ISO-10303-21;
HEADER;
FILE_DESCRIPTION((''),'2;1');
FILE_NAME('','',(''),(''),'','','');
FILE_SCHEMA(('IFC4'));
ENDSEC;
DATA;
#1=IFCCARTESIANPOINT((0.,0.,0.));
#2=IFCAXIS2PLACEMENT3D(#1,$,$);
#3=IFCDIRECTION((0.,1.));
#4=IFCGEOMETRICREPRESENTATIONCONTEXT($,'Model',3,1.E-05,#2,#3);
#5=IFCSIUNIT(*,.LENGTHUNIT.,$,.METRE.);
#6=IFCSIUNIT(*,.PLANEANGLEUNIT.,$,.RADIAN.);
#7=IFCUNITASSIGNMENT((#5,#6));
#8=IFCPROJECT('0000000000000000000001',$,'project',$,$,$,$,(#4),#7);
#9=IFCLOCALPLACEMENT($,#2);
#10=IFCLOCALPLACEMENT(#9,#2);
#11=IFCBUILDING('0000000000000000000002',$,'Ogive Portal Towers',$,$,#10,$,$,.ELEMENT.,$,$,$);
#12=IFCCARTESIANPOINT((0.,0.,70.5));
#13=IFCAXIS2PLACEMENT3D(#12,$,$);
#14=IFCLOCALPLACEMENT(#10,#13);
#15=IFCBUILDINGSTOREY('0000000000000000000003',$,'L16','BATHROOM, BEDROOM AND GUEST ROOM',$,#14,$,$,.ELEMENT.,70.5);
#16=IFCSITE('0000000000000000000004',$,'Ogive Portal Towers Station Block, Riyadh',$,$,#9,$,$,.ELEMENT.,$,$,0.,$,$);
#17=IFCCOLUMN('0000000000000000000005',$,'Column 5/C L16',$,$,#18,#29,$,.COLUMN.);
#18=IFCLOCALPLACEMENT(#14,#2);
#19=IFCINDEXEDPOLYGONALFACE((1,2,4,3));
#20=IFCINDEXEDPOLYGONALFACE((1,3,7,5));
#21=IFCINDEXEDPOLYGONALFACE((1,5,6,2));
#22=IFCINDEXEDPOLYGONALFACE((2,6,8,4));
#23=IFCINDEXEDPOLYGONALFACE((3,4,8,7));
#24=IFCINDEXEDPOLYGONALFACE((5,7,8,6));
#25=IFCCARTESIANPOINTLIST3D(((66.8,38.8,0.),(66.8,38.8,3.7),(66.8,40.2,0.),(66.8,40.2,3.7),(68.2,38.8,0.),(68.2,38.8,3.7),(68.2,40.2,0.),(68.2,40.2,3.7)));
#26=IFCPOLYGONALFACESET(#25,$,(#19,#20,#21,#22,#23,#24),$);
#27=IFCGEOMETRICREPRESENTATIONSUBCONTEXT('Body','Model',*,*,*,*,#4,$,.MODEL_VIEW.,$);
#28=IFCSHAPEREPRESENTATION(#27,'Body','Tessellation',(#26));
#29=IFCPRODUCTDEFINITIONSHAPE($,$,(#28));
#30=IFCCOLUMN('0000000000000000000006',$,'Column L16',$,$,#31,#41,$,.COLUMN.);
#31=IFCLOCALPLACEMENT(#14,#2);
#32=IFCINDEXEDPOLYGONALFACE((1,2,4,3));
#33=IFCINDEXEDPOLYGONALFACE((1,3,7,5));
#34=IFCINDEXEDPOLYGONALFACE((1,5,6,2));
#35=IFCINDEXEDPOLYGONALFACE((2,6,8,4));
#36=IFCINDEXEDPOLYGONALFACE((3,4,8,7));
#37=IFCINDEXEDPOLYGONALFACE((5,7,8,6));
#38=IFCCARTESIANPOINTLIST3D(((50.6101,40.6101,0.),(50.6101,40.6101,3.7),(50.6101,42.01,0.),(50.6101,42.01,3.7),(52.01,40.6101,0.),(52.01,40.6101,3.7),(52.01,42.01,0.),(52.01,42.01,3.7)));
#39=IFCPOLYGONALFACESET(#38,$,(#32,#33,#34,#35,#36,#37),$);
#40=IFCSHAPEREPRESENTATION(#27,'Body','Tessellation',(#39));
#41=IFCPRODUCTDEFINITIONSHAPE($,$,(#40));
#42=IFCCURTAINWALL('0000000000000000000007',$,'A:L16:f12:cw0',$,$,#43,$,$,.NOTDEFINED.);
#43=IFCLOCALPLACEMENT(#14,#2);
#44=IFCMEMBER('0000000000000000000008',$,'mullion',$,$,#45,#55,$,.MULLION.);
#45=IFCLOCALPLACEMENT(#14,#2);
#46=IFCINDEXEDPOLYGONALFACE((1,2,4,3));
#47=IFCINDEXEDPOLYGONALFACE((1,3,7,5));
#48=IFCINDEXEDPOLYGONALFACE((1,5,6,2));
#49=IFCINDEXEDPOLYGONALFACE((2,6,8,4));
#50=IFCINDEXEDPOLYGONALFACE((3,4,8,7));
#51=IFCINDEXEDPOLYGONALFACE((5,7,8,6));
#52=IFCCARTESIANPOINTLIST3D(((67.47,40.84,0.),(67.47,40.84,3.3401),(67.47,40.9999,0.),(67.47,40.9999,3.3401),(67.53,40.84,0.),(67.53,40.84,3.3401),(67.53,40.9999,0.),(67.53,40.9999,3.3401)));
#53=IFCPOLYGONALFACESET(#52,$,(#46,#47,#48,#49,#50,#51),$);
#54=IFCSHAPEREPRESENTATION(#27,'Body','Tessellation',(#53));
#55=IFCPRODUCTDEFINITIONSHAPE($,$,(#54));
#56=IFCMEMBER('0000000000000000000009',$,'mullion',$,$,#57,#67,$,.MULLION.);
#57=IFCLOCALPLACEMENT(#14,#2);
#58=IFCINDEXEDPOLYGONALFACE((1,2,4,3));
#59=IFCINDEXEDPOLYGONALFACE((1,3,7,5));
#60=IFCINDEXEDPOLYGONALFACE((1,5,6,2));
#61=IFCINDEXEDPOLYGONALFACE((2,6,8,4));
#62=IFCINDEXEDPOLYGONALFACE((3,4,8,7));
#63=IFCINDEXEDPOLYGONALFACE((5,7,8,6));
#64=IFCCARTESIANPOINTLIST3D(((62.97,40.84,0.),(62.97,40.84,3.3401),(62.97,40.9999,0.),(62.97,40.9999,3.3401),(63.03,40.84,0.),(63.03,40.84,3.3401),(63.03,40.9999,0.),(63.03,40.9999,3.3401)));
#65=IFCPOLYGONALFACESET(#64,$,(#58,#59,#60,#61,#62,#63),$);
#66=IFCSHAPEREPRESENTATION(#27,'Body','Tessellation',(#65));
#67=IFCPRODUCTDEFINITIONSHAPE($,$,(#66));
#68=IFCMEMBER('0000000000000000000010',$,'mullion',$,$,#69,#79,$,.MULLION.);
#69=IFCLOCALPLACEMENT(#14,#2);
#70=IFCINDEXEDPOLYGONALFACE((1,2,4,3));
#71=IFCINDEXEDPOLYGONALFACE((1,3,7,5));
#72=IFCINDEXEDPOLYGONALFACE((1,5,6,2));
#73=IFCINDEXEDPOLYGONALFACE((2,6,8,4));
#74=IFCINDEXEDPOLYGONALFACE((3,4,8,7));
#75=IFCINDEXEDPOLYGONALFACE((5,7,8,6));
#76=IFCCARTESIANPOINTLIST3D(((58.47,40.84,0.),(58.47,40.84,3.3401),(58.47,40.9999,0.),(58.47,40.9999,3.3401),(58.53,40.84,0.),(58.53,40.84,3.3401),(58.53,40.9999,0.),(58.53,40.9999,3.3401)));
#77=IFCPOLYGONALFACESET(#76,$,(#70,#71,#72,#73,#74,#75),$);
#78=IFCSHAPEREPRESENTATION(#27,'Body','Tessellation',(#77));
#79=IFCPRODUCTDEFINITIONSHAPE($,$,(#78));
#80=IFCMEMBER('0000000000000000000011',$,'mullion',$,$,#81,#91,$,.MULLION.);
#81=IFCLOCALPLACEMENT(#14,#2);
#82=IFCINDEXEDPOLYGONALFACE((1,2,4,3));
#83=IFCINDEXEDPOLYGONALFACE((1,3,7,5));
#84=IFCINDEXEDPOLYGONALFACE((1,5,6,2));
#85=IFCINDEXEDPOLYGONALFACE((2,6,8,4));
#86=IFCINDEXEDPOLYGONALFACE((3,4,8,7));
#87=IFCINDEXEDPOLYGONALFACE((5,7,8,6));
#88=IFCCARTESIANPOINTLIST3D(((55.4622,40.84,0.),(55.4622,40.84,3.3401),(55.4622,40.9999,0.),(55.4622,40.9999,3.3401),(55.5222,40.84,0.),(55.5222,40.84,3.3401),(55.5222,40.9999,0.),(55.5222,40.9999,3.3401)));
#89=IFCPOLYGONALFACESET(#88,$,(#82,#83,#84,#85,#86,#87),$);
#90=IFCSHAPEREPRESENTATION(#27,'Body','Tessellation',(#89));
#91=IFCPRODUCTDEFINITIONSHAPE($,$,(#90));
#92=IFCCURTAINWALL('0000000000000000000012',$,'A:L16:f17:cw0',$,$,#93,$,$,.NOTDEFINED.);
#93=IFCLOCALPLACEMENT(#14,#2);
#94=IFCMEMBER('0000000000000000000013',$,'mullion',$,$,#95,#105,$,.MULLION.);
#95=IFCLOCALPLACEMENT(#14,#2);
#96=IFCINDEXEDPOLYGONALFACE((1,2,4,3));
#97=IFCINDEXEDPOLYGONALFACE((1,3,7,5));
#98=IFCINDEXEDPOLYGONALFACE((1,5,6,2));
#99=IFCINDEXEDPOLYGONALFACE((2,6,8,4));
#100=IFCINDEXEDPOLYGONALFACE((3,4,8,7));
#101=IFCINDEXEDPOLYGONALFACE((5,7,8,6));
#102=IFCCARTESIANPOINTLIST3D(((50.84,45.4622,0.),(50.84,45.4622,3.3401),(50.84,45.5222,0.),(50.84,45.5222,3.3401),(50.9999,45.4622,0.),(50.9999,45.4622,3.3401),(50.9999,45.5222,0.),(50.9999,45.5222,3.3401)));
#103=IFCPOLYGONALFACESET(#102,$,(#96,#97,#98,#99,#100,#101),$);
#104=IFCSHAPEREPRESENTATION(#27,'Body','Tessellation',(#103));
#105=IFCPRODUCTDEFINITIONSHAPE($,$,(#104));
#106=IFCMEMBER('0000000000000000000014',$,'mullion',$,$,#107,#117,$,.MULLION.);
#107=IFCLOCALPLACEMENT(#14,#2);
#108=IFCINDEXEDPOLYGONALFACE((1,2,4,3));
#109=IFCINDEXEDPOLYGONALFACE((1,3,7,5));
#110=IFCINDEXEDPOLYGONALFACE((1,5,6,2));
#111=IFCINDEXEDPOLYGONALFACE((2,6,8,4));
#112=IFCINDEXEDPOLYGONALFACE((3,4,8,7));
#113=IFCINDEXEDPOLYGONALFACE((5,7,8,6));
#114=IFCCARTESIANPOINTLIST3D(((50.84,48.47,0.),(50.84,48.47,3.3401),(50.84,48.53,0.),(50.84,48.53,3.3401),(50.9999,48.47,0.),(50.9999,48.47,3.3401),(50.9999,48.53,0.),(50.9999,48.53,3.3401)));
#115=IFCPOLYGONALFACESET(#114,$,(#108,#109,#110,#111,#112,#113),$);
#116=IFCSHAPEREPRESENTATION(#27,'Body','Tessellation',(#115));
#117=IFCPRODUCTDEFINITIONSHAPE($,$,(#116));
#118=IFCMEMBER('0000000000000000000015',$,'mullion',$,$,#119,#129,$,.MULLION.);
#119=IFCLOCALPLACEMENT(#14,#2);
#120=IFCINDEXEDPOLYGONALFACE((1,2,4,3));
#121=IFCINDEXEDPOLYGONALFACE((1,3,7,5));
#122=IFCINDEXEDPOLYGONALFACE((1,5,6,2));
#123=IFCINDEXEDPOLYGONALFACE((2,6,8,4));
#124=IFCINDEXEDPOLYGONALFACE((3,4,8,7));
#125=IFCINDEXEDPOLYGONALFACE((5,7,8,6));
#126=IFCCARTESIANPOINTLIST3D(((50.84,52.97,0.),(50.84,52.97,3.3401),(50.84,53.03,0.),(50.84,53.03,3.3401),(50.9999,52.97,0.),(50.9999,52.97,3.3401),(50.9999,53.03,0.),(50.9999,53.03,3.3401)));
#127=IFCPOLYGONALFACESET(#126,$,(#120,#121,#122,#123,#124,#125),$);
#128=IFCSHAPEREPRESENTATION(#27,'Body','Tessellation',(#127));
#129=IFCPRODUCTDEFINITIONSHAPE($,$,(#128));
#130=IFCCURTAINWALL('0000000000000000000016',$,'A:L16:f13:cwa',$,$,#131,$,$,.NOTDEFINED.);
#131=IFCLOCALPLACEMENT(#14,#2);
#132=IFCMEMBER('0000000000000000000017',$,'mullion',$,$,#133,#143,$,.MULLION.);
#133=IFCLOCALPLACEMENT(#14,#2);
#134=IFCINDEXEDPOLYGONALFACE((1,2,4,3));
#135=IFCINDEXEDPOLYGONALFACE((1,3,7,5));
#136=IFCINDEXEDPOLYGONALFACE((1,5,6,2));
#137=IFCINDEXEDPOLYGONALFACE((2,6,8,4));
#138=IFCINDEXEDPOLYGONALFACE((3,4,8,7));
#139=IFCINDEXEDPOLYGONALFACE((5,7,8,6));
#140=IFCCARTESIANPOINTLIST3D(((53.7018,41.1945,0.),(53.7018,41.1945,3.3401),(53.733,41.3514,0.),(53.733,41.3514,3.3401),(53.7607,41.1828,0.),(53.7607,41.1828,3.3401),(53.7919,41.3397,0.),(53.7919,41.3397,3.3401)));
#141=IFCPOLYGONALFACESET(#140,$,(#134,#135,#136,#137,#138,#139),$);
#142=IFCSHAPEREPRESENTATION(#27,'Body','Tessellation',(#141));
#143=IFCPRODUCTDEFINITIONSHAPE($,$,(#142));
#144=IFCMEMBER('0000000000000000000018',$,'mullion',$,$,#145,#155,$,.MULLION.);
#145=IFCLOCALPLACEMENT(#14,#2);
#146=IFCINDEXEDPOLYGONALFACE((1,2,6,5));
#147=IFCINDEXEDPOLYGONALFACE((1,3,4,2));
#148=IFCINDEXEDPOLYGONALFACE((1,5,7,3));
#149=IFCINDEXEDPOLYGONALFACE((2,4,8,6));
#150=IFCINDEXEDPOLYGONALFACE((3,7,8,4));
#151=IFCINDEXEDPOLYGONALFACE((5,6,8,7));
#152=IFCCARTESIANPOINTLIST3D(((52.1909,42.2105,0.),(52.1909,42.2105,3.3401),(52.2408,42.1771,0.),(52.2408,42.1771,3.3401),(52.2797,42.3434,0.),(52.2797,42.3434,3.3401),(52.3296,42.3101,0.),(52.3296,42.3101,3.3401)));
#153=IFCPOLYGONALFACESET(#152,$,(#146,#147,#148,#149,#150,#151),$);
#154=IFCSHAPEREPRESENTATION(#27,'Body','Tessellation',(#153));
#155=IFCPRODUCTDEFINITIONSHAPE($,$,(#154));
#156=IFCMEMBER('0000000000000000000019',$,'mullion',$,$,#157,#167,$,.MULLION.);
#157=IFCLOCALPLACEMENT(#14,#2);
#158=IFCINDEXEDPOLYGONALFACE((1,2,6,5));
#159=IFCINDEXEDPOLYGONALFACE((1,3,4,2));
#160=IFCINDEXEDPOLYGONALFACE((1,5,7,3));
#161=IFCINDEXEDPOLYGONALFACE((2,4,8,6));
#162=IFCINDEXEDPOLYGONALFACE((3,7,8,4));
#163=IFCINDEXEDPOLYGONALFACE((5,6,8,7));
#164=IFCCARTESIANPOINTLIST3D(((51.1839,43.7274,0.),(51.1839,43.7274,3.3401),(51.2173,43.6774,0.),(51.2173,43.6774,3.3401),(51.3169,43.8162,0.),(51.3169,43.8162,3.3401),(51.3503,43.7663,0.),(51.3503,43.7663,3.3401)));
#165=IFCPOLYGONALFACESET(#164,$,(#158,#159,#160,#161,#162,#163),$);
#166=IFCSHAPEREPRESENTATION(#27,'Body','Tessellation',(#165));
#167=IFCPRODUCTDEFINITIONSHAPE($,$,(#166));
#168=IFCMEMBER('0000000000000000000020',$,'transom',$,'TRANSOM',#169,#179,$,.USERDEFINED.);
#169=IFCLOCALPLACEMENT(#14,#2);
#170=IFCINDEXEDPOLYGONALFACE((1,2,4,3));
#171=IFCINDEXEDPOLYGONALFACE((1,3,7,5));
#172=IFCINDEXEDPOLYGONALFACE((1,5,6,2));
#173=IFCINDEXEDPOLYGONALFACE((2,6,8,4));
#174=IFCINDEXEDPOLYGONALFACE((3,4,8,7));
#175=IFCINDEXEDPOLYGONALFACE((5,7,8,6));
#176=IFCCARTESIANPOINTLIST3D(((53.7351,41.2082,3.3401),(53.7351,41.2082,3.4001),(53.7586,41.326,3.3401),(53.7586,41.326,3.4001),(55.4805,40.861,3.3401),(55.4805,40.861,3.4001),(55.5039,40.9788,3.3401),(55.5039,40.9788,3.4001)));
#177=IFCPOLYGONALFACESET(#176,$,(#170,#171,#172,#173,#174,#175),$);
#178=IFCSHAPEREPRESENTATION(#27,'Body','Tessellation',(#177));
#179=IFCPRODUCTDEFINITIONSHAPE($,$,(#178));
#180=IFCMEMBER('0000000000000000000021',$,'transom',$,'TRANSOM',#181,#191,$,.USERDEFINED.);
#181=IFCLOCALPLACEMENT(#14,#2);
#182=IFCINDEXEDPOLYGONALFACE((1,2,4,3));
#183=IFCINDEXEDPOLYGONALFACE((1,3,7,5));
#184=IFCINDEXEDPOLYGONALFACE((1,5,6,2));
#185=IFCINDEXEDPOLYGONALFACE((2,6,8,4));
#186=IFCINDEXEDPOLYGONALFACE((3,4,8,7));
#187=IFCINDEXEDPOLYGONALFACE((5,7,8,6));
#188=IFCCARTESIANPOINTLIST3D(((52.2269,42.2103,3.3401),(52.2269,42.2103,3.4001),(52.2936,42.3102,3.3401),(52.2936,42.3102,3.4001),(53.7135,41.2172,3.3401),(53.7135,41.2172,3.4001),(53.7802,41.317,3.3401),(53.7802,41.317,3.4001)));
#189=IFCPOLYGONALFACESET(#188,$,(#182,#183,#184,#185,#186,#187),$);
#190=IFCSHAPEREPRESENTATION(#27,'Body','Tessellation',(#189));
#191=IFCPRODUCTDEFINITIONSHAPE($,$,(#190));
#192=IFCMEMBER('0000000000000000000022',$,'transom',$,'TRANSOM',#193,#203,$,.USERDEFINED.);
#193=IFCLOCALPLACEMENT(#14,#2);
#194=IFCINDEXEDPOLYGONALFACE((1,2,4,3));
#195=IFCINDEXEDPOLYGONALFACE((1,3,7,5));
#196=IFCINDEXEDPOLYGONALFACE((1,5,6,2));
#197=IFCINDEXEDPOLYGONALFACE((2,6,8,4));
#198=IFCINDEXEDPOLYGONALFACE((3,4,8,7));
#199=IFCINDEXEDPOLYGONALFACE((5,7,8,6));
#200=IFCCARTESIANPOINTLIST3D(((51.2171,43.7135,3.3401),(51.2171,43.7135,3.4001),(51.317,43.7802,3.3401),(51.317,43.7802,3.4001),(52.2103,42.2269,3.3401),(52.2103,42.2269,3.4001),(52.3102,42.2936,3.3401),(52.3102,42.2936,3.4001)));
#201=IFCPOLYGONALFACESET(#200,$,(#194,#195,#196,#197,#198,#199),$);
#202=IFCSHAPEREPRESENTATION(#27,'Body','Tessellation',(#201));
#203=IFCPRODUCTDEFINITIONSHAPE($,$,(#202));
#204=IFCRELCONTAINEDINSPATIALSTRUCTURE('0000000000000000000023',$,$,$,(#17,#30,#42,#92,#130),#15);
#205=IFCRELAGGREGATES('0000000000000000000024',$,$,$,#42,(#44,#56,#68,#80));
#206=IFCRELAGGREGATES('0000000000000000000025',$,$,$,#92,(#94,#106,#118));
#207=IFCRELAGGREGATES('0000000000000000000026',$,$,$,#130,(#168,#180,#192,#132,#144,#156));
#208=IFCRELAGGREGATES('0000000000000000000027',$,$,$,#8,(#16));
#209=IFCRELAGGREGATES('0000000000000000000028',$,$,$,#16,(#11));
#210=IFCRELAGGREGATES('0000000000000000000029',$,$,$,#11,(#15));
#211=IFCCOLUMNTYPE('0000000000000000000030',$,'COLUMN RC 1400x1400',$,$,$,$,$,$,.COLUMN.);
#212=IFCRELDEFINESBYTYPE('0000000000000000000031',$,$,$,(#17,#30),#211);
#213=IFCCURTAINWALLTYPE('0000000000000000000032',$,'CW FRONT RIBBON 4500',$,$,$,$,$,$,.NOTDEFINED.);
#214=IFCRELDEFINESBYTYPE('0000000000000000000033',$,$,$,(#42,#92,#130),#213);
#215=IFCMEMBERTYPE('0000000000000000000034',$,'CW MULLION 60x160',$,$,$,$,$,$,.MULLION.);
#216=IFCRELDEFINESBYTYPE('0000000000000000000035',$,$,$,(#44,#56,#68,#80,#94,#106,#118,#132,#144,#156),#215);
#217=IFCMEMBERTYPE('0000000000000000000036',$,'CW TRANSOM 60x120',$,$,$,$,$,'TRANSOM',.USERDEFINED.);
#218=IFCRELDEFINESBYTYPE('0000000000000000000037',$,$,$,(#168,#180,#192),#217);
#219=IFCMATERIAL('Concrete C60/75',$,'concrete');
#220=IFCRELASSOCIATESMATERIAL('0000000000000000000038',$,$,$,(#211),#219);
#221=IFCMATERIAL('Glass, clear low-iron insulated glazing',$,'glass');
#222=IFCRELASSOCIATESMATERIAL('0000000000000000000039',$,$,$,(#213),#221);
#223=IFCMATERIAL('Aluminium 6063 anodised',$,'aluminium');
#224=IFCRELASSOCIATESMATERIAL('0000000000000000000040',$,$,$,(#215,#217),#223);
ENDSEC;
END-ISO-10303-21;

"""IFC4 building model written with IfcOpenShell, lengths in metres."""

from ifc_helpers import new_model, si_unit, direction, frame, origin, origin_2d, place, context, subcontext, project, spatial, rectangle, extrude, material, material_profile, profile_set, type_object, element, aggregate, save


model = new_model("IFC4")

# Units and contexts
model_context = context("Model", 3, precision=1e-05, world=origin(), true_north=direction((0.0, 1.0)))
body_context = subcontext(model_context, "Body", "Model", "MODEL_VIEW")
ifc_project = project(units=[si_unit("LENGTHUNIT", "METRE"), si_unit("PLANEANGLEUNIT", "RADIAN")], contexts=[model_context])

# Site, building, storey
site_placement = place(None, origin())
site = spatial("IfcSite", under=ifc_project, at=site_placement, Name="Ogive Portal Towers Station Block, Riyadh", CompositionType="ELEMENT", RefElevation=0.0)
building_placement = place(site_placement, origin())
building = spatial("IfcBuilding", under=site, at=building_placement, Name="Ogive Portal Towers", CompositionType="ELEMENT")
storey_placement = place(building_placement, frame((0.0, 0.0, 70.5)))
storey = spatial("IfcBuildingStorey", under=building, at=storey_placement, Name="L16", Description="BATHROOM, BEDROOM AND GUEST ROOM", CompositionType="ELEMENT", Elevation=70.5)

# Columns
ifc_material_1 = material(Name="Concrete C60/75", Category="concrete")
ifc_material_profile_1 = material_profile(ifc_material_1, rectangle(XDim=1.3999, YDim=1.3999, at=origin_2d()), Name="RC 1400x1400")
ifc_profile_set_1 = profile_set([ifc_material_profile_1], Name="Concrete C60/75")
column_type = type_object("IfcColumnType", Name="COLUMN RC 1400x1400", PredefinedType="COLUMN", material=ifc_profile_set_1)
for number, where, z_axis, x_axis, name in (
    (1, (67.5, 39.5, 0.0), (0.0, 0.0, 1.0), (1.0, 0.0, 0.0), "Column 5/C L16"),
    (2, (51.3101, 41.3101, 0.0), (0.0, 0.0, 1.0), (1.0, 0.0, 0.0), "Column L16"),
):
    element("IfcColumn", number, at=place(storey_placement, frame(where, z_axis=z_axis, x_axis=x_axis)), inside=storey, type_object=column_type, Name=name, PredefinedType="COLUMN", context=body_context, shape_type="SweptSolid", body=[
        extrude(rectangle(XDim=1.3999, YDim=1.3999, at=origin_2d()), origin(), (0.0, 0.0, 1.0), 3.7),
    ])

# Curtain walls, members
ifc_material_2 = material(Name="Glass, clear low-iron insulated glazing", Category="glass")
curtain_wall_type = type_object("IfcCurtainWallType", Name="CW FRONT RIBBON 4500", PredefinedType="NOTDEFINED", material=ifc_material_2)
curtain_wall_1_placement = place(storey_placement, origin())
curtain_wall_1 = element("IfcCurtainWall", 3, at=curtain_wall_1_placement, inside=storey, type_object=curtain_wall_type, Name="A:L16:f12:cw0", PredefinedType="NOTDEFINED")
ifc_material_3 = material(Name="Aluminium 6063 anodised", Category="aluminium")
ifc_material_profile_2 = material_profile(ifc_material_3, rectangle(XDim=0.1599, YDim=0.0601, at=origin_2d()), Name="AL 60x160")
ifc_profile_set_2 = profile_set([ifc_material_profile_2], Name="Aluminium 6063 anodised")
member_type_1 = type_object("IfcMemberType", Name="CW MULLION 60x160", PredefinedType="MULLION", material=ifc_profile_set_2)
member_1_placement = place(storey_placement, frame((67.5, 40.9199, 0.0), z_axis=(0.0, 0.0, 1.0), x_axis=(0.0, -1.0, 0.0)))
member_1 = element("IfcMember", 4, at=member_1_placement, type_object=member_type_1, Name="mullion", PredefinedType="MULLION", context=body_context, shape_type="SweptSolid", body=[
    extrude(rectangle(XDim=0.1599, YDim=0.0601, at=origin_2d()), origin(), (0.0, 0.0, 1.0), 3.3401),
])
member_2_placement = place(storey_placement, frame((63.0, 40.9199, 0.0), z_axis=(0.0, 0.0, 1.0), x_axis=(0.0, -1.0, 0.0)))
member_2 = element("IfcMember", 5, at=member_2_placement, type_object=member_type_1, Name="mullion", PredefinedType="MULLION", context=body_context, shape_type="SweptSolid", body=[
    extrude(rectangle(XDim=0.1599, YDim=0.0601, at=origin_2d()), origin(), (0.0, 0.0, 1.0), 3.3401),
])
member_3_placement = place(storey_placement, frame((58.5, 40.9199, 0.0), z_axis=(0.0, 0.0, 1.0), x_axis=(0.0, -1.0, 0.0)))
member_3 = element("IfcMember", 6, at=member_3_placement, type_object=member_type_1, Name="mullion", PredefinedType="MULLION", context=body_context, shape_type="SweptSolid", body=[
    extrude(rectangle(XDim=0.1599, YDim=0.0601, at=origin_2d()), origin(), (0.0, 0.0, 1.0), 3.3401),
])
member_4_placement = place(storey_placement, frame((55.4922, 40.9199, 0.0), z_axis=(0.0, 0.0, 1.0), x_axis=(0.0, -1.0, 0.0)))
member_4 = element("IfcMember", 7, at=member_4_placement, type_object=member_type_1, Name="mullion", PredefinedType="MULLION", context=body_context, shape_type="SweptSolid", body=[
    extrude(rectangle(XDim=0.1599, YDim=0.0601, at=origin_2d()), origin(), (0.0, 0.0, 1.0), 3.3401),
])
curtain_wall_2_placement = place(storey_placement, origin())
curtain_wall_2 = element("IfcCurtainWall", 8, at=curtain_wall_2_placement, inside=storey, type_object=curtain_wall_type, Name="A:L16:f17:cw0", PredefinedType="NOTDEFINED")
member_5_placement = place(storey_placement, frame((50.9199, 45.4922, 0.0), z_axis=(0.0, 0.0, 1.0), x_axis=(-1.0, 0.0, 0.0)))
member_5 = element("IfcMember", 9, at=member_5_placement, type_object=member_type_1, Name="mullion", PredefinedType="MULLION", context=body_context, shape_type="SweptSolid", body=[
    extrude(rectangle(XDim=0.1599, YDim=0.0601, at=origin_2d()), origin(), (0.0, 0.0, 1.0), 3.3401),
])
member_6_placement = place(storey_placement, frame((50.9199, 48.5, 0.0), z_axis=(0.0, 0.0, 1.0), x_axis=(-1.0, 0.0, 0.0)))
member_6 = element("IfcMember", 10, at=member_6_placement, type_object=member_type_1, Name="mullion", PredefinedType="MULLION", context=body_context, shape_type="SweptSolid", body=[
    extrude(rectangle(XDim=0.1599, YDim=0.0601, at=origin_2d()), origin(), (0.0, 0.0, 1.0), 3.3401),
])
member_7_placement = place(storey_placement, frame((50.9199, 53.0, 0.0), z_axis=(0.0, 0.0, 1.0), x_axis=(-1.0, 0.0, 0.0)))
member_7 = element("IfcMember", 11, at=member_7_placement, type_object=member_type_1, Name="mullion", PredefinedType="MULLION", context=body_context, shape_type="SweptSolid", body=[
    extrude(rectangle(XDim=0.1599, YDim=0.0601, at=origin_2d()), origin(), (0.0, 0.0, 1.0), 3.3401),
])
curtain_wall_3_placement = place(storey_placement, origin())
curtain_wall_3 = element("IfcCurtainWall", 12, at=curtain_wall_3_placement, inside=storey, type_object=curtain_wall_type, Name="A:L16:f13:cwa", PredefinedType="NOTDEFINED")
member_8_placement = place(storey_placement, frame((53.7468, 41.2671, 0.0), z_axis=(0.0, 0.0, 1.0), x_axis=(-0.19509, -0.980785, 0.0)))
member_8 = element("IfcMember", 13, at=member_8_placement, type_object=member_type_1, Name="mullion", PredefinedType="MULLION", context=body_context, shape_type="SweptSolid", body=[
    extrude(rectangle(XDim=0.1599, YDim=0.0601, at=origin_2d()), origin(), (0.0, 0.0, 1.0), 3.3401),
])
member_9_placement = place(storey_placement, frame((52.2603, 42.2603, 0.0), z_axis=(0.0, 0.0, 1.0), x_axis=(-0.55557, -0.83147, 0.0)))
member_9 = element("IfcMember", 14, at=member_9_placement, type_object=member_type_1, Name="mullion", PredefinedType="MULLION", context=body_context, shape_type="SweptSolid", body=[
    extrude(rectangle(XDim=0.1599, YDim=0.0601, at=origin_2d()), origin(), (0.0, 0.0, 1.0), 3.3401),
])
member_10_placement = place(storey_placement, frame((51.2671, 43.7468, 0.0), z_axis=(0.0, 0.0, 1.0), x_axis=(-0.83147, -0.55557, 0.0)))
member_10 = element("IfcMember", 15, at=member_10_placement, type_object=member_type_1, Name="mullion", PredefinedType="MULLION", context=body_context, shape_type="SweptSolid", body=[
    extrude(rectangle(XDim=0.1599, YDim=0.0601, at=origin_2d()), origin(), (0.0, 0.0, 1.0), 3.3401),
])
ifc_material_profile_3 = material_profile(ifc_material_3, rectangle(XDim=0.1201, YDim=0.0601, at=origin_2d()), Name="AL 120x60")
ifc_profile_set_3 = profile_set([ifc_material_profile_3], Name="Aluminium 6063 anodised")
member_type_2 = type_object("IfcMemberType", Name="CW TRANSOM 60x120", ElementType="TRANSOM", PredefinedType="USERDEFINED", material=ifc_profile_set_3)
member_11_placement = place(storey_placement, frame((55.4922, 40.9199, 3.3701), z_axis=(-0.980786, 0.195087, 0.0), x_axis=(-0.195087, -0.980786, 0.0)))
member_11 = element("IfcMember", 16, at=member_11_placement, type_object=member_type_2, Name="transom", ObjectType="TRANSOM", PredefinedType="USERDEFINED", context=body_context, shape_type="SweptSolid", body=[
    extrude(rectangle(XDim=0.1201, YDim=0.0601, at=origin_2d()), origin(), (0.0, 0.0, 1.0), 1.7795),
])
member_12_placement = place(storey_placement, frame((53.7468, 41.2671, 3.3701), z_axis=(-0.831504, 0.555519, 0.0), x_axis=(-0.555519, -0.831504, 0.0)))
member_12 = element("IfcMember", 17, at=member_12_placement, type_object=member_type_2, Name="transom", ObjectType="TRANSOM", PredefinedType="USERDEFINED", context=body_context, shape_type="SweptSolid", body=[
    extrude(rectangle(XDim=0.1201, YDim=0.0601, at=origin_2d()), origin(), (0.0, 0.0, 1.0), 1.7878),
])
member_13_placement = place(storey_placement, frame((52.2603, 42.2603, 3.3701), z_axis=(-0.555519, 0.831504, 0.0), x_axis=(-0.831504, -0.555519, 0.0)))
member_13 = element("IfcMember", 18, at=member_13_placement, type_object=member_type_2, Name="transom", ObjectType="TRANSOM", PredefinedType="USERDEFINED", context=body_context, shape_type="SweptSolid", body=[
    extrude(rectangle(XDim=0.1201, YDim=0.0601, at=origin_2d()), origin(), (0.0, 0.0, 1.0), 1.7878),
])

aggregate(curtain_wall_1, [member_1, member_2, member_3, member_4])
aggregate(curtain_wall_2, [member_5, member_6, member_7])
aggregate(curtain_wall_3, [member_11, member_12, member_13, member_8, member_9, member_10])

save(model, "model.ifc")
